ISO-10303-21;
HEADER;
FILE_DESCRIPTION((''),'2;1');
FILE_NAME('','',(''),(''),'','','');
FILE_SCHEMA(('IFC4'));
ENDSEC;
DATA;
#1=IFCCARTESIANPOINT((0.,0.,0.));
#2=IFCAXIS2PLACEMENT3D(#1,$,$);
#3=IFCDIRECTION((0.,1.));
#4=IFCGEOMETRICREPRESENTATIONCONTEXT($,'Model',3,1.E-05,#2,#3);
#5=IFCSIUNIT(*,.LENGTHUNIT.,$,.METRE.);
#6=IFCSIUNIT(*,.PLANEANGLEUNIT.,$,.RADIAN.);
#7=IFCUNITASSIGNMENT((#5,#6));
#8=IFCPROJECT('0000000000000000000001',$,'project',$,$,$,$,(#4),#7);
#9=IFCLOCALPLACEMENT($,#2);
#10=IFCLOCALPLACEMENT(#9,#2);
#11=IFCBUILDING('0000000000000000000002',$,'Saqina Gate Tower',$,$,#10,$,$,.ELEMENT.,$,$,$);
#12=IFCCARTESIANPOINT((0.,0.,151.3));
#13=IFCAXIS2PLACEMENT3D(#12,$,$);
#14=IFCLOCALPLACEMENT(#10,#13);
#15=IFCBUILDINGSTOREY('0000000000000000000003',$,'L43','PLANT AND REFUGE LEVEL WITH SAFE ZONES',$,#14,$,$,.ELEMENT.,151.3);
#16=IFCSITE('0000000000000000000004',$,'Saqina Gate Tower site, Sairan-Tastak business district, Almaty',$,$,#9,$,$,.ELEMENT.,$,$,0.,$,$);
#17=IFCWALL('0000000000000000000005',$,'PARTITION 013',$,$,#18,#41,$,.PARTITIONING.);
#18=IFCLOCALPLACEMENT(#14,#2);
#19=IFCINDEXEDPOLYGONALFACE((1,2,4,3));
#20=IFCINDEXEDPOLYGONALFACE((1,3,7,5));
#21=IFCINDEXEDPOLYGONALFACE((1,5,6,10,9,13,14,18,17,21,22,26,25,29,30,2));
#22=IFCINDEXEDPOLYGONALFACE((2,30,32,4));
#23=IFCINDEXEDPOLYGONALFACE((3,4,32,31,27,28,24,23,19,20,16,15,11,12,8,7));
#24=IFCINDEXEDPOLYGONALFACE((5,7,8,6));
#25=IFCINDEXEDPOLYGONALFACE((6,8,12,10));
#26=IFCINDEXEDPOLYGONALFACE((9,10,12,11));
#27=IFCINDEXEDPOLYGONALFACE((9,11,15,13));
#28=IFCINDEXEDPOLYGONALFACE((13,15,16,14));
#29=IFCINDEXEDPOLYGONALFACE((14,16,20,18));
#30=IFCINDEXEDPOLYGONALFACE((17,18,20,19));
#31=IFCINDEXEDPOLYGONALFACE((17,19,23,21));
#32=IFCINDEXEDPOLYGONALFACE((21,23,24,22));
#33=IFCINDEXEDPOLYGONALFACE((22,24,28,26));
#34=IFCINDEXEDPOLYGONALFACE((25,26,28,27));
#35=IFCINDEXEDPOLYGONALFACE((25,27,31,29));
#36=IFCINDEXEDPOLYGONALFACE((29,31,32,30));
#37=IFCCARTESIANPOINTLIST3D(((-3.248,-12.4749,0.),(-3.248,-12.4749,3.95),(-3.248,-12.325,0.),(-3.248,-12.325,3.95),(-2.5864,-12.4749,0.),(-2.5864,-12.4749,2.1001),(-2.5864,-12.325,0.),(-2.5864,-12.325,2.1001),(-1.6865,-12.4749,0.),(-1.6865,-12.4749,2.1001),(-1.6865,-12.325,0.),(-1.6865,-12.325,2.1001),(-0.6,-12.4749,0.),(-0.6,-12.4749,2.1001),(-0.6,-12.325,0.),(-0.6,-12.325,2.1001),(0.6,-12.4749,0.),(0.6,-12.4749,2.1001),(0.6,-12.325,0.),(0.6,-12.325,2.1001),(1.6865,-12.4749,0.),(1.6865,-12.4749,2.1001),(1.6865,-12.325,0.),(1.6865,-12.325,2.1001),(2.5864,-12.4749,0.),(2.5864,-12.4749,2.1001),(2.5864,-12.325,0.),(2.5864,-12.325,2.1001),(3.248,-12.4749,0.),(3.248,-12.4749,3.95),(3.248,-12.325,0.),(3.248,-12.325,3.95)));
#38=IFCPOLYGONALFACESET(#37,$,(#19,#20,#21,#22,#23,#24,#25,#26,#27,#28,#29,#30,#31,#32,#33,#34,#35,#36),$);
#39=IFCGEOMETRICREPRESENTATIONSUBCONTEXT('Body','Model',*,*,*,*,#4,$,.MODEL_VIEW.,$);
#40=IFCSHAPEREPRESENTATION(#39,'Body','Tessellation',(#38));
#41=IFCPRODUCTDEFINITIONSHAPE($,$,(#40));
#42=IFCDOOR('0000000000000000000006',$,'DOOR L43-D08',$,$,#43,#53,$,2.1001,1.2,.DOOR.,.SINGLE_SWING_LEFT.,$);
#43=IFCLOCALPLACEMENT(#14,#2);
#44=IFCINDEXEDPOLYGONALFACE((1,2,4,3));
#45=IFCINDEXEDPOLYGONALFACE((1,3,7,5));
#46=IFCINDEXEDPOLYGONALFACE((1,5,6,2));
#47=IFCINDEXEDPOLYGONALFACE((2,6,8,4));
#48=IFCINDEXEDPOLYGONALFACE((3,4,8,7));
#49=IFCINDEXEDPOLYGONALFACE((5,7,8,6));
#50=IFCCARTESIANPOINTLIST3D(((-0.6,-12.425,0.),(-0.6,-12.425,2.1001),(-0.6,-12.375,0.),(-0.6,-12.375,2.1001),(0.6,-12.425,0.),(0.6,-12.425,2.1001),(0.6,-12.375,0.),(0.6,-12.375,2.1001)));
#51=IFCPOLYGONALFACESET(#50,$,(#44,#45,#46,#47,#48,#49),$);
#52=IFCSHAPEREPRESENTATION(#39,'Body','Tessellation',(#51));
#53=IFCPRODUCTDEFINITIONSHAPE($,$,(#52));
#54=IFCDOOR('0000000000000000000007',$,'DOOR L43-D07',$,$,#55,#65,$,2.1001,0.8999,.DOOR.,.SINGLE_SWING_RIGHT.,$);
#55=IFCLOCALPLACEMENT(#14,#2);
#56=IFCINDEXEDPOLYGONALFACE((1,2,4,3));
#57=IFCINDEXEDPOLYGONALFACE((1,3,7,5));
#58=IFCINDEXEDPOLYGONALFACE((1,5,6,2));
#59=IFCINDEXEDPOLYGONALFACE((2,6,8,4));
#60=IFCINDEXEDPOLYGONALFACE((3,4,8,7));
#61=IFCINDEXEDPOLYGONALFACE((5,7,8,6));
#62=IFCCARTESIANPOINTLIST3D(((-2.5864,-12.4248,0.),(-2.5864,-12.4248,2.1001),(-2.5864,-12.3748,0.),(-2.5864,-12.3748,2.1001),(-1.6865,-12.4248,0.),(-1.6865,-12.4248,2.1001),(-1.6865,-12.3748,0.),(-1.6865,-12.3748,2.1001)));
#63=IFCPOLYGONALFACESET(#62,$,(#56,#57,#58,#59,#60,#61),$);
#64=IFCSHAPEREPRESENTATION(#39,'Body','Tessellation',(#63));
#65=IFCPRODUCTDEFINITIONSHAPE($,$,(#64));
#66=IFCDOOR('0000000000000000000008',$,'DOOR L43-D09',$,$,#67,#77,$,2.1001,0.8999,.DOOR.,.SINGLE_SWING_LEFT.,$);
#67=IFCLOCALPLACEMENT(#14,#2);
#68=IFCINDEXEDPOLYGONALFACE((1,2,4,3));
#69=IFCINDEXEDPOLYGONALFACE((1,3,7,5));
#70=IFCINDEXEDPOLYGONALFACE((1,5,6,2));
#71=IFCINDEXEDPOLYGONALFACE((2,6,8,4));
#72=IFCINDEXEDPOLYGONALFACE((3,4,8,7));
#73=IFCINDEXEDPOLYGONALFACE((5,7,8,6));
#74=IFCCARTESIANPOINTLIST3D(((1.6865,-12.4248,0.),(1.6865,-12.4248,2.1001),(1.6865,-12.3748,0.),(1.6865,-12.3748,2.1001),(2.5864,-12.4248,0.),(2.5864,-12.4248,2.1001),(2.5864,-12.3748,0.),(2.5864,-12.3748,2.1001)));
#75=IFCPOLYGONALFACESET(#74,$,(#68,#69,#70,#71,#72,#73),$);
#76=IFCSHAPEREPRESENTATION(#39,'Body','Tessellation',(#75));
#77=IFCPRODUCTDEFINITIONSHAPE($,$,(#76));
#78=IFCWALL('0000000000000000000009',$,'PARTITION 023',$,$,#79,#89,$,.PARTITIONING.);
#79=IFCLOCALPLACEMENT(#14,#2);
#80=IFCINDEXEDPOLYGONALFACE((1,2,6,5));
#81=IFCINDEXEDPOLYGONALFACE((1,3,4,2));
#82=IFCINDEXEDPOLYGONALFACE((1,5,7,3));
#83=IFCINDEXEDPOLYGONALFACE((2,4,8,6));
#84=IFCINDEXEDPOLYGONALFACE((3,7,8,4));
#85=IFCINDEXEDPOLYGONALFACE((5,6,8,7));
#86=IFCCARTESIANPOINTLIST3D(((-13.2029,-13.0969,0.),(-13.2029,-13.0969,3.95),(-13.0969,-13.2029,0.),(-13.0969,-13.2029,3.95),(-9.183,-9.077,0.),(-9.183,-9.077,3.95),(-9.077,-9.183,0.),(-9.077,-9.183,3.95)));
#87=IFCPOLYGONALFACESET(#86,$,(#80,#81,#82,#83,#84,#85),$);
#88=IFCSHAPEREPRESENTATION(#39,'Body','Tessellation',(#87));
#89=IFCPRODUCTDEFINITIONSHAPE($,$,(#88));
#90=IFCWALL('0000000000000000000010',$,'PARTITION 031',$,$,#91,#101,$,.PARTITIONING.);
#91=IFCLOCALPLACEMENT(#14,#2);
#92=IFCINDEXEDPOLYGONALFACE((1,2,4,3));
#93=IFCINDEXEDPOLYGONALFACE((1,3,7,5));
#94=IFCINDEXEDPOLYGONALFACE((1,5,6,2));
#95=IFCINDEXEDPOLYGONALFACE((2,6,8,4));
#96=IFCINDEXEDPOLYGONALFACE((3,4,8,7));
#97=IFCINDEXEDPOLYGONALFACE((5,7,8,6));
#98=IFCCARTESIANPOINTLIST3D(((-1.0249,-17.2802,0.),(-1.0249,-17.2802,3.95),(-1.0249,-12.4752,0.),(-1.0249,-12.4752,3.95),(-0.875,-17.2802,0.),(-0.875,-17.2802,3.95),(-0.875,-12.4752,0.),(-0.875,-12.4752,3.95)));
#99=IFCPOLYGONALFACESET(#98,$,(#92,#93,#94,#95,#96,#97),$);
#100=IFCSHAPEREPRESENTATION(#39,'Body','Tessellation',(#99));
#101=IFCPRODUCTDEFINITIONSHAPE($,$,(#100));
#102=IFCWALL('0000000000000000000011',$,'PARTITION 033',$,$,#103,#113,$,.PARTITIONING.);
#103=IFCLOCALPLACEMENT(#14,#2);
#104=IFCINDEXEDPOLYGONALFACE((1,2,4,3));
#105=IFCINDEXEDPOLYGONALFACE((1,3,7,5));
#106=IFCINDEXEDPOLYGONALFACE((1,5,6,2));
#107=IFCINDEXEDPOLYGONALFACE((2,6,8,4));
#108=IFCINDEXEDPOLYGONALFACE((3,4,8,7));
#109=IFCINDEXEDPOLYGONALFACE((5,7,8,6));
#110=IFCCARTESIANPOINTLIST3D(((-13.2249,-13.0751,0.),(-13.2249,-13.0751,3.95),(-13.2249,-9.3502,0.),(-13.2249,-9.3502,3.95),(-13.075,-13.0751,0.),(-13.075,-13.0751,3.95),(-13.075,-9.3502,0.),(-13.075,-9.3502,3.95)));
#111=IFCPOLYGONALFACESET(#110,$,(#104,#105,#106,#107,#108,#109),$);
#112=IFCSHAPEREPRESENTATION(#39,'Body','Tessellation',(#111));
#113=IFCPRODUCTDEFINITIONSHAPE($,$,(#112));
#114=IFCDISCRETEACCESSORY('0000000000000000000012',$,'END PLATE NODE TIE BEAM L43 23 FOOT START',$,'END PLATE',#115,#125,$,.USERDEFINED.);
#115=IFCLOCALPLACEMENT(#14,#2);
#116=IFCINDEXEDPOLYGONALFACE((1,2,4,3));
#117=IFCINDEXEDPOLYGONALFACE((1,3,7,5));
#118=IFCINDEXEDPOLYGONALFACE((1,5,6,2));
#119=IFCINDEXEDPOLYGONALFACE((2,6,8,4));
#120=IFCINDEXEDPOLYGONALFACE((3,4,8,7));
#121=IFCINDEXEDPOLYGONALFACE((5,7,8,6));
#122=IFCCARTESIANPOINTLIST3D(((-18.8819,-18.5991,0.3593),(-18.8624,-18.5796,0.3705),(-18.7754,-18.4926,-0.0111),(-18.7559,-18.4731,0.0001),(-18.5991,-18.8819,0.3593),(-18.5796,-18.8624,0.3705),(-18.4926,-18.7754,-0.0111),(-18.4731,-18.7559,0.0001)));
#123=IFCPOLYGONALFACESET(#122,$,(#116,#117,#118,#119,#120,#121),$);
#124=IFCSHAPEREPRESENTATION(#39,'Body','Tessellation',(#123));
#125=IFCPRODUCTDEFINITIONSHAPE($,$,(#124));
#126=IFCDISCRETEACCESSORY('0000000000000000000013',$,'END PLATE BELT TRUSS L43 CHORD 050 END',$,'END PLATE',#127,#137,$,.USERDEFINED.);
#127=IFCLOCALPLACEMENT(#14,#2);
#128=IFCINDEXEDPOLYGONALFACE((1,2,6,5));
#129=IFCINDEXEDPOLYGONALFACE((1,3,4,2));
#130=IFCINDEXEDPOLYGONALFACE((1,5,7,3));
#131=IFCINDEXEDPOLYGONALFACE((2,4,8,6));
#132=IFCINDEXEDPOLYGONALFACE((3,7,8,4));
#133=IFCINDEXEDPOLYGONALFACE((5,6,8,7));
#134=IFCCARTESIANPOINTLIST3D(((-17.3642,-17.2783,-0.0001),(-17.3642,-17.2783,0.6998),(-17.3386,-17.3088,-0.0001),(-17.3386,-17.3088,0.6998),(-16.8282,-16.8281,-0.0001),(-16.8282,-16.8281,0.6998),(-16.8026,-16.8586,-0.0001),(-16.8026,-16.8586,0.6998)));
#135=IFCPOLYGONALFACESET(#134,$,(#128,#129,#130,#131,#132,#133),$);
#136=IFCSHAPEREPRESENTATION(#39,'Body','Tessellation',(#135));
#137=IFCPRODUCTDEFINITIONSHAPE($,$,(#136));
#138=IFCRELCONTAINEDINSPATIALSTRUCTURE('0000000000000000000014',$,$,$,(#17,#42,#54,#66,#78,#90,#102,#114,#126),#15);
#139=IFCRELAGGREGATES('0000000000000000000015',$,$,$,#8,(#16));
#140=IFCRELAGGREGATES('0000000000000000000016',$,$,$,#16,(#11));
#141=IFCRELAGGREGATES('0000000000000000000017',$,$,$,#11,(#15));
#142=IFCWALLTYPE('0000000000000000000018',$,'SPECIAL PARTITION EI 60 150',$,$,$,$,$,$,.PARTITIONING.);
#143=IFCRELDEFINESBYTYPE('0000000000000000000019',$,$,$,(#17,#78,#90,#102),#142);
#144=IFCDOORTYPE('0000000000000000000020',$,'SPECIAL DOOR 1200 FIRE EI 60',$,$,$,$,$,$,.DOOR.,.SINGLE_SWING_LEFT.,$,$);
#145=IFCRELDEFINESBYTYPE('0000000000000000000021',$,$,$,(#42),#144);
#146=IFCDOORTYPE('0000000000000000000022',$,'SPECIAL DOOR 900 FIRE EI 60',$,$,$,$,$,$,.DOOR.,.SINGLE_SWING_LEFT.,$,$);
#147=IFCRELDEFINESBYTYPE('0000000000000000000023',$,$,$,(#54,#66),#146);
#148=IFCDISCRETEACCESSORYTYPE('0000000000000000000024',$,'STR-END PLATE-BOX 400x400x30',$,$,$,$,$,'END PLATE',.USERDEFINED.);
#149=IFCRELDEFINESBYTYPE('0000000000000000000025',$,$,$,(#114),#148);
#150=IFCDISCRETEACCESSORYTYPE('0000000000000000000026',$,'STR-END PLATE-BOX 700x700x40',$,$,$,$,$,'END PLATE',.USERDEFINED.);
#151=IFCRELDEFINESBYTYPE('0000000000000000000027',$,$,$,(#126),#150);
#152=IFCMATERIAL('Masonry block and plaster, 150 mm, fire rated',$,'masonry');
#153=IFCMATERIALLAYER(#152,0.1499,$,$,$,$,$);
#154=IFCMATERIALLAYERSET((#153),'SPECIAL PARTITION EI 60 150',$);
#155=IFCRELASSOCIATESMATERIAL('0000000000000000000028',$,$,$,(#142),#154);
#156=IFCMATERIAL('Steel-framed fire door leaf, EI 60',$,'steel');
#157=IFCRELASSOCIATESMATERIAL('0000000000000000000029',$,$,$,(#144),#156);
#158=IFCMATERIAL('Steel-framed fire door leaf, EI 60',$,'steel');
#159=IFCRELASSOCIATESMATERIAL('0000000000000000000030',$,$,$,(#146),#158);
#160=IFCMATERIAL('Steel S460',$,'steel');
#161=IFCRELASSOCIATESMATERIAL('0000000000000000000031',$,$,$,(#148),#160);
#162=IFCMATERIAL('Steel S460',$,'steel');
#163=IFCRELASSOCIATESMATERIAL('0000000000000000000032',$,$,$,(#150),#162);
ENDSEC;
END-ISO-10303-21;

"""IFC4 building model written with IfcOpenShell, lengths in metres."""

from ifc_helpers import new_model, si_unit, direction, frame, frame_2d, origin, origin_2d, place, context, subcontext, project, spatial, rectangle, extrude, material, layer, layer_set, material_profile, profile_set, type_object, element, fill, save


model = new_model("IFC4")

# Units and contexts
model_context = context("Model", 3, precision=1e-05, world=origin(), true_north=direction((0.0, 1.0)))
body_context = subcontext(model_context, "Body", "Model", "MODEL_VIEW")
ifc_project = project(units=[si_unit("LENGTHUNIT", "METRE"), si_unit("PLANEANGLEUNIT", "RADIAN")], contexts=[model_context])

# Site, building, storey
site_placement = place(None, origin())
site = spatial("IfcSite", under=ifc_project, at=site_placement, Name="Saqina Gate Tower site, Sairan-Tastak business district, Almaty", CompositionType="ELEMENT", RefElevation=0.0)
building_placement = place(site_placement, origin())
building = spatial("IfcBuilding", under=site, at=building_placement, Name="Saqina Gate Tower", CompositionType="ELEMENT")
storey_placement = place(building_placement, frame((0.0, 0.0, 151.3)))
storey = spatial("IfcBuildingStorey", under=building, at=storey_placement, Name="L43", Description="PLANT AND REFUGE LEVEL WITH SAFE ZONES", CompositionType="ELEMENT", Elevation=151.3)

# Shared definitions
ifc_material_1 = material(Name="Masonry block and plaster, 150 mm, fire rated", Category="masonry")
ifc_layer_1 = layer(ifc_material_1, 0.1499)
ifc_layer_set_1 = layer_set([ifc_layer_1], Name="SPECIAL PARTITION EI 60 150")
wall_type_1 = type_object("IfcWallType", Name="SPECIAL PARTITION EI 60 150", PredefinedType="PARTITIONING", material=ifc_layer_set_1)

# Wall, openings, doors
wall_1_placement = place(storey_placement, frame((-3.248, -12.3999, 0.0), z_axis=(0.0, 0.0, 1.0), x_axis=(1.0, 0.0, 0.0)))
wall_1 = element("IfcWall", 1, at=wall_1_placement, inside=storey, type_object=wall_type_1, Name="PARTITION 013", PredefinedType="PARTITIONING", context=body_context, shape_type="SweptSolid", body=[
    extrude(rectangle(XDim=6.4961, YDim=0.1499, at=frame_2d((3.248, 0.0))), origin(), (0.0, 0.0, 1.0), 3.95),
])
opening_1_placement = place(wall_1_placement, frame((0.6616, 0.0, 0.0)))
opening_1 = element("IfcOpeningElement", 2, at=opening_1_placement, cuts=wall_1, PredefinedType="OPENING", context=body_context, shape_type="SweptSolid", body=[
    extrude(rectangle(XDim=0.8999, YDim=2.1001, at=frame_2d((0.45, 1.05))), frame((0.0, 0.0869, 0.0), z_axis=(0.0, -1.0, 0.0), x_axis=(1.0, 0.0, 0.0)), (0.0, 0.0, 1.0), 0.1738),
])
opening_2_placement = place(wall_1_placement, frame((2.6479, 0.0, 0.0)))
opening_2 = element("IfcOpeningElement", 3, at=opening_2_placement, cuts=wall_1, PredefinedType="OPENING", context=body_context, shape_type="SweptSolid", body=[
    extrude(rectangle(XDim=1.2, YDim=2.1001, at=frame_2d((0.6001, 1.05))), frame((0.0, 0.0869, 0.0), z_axis=(0.0, -1.0, 0.0), x_axis=(1.0, 0.0, 0.0)), (0.0, 0.0, 1.0), 0.1738),
])
opening_3_placement = place(wall_1_placement, frame((4.9346, 0.0, 0.0)))
opening_3 = element("IfcOpeningElement", 4, at=opening_3_placement, cuts=wall_1, PredefinedType="OPENING", context=body_context, shape_type="SweptSolid", body=[
    extrude(rectangle(XDim=0.8999, YDim=2.1001, at=frame_2d((0.45, 1.05))), frame((0.0, 0.0869, 0.0), z_axis=(0.0, -1.0, 0.0), x_axis=(1.0, 0.0, 0.0)), (0.0, 0.0, 1.0), 0.1738),
])
ifc_material_2 = material(Name="Steel-framed fire door leaf, EI 60", Category="steel")
door_type_1 = type_object("IfcDoorType", Name="SPECIAL DOOR 1200 FIRE EI 60", OperationType="SINGLE_SWING_LEFT", PredefinedType="DOOR", material=ifc_material_2)
door_1_placement = place(opening_2_placement, origin())
door_1 = element("IfcDoor", 5, at=door_1_placement, inside=storey, type_object=door_type_1, Name="DOOR L43-D08", OperationType="SINGLE_SWING_LEFT", OverallHeight=2.1001, OverallWidth=1.2, PredefinedType="DOOR", context=body_context, shape_type="SweptSolid", body=[
    extrude(rectangle(XDim=1.2, YDim=2.1001, at=frame_2d((0.6001, 1.05))), frame((0.0, 0.0249, 0.0), z_axis=(0.0, -1.0, 0.0), x_axis=(1.0, 0.0, 0.0)), (0.0, 0.0, 1.0), 0.05),
])
fill(opening_2, door_1)
ifc_material_3 = material(Name="Steel-framed fire door leaf, EI 60", Category="steel")
door_type_2 = type_object("IfcDoorType", Name="SPECIAL DOOR 900 FIRE EI 60", OperationType="SINGLE_SWING_LEFT", PredefinedType="DOOR", material=ifc_material_3)
door_2_placement = place(opening_1_placement, frame((0.8999, 0.0, 0.0), z_axis=(0.0, 0.0, 1.0), x_axis=(-1.0, 0.0, 0.0)))
door_2 = element("IfcDoor", 6, at=door_2_placement, inside=storey, type_object=door_type_2, Name="DOOR L43-D07", OperationType="SINGLE_SWING_RIGHT", OverallHeight=2.1001, OverallWidth=0.8999, PredefinedType="DOOR", context=body_context, shape_type="SweptSolid", body=[
    extrude(rectangle(XDim=0.8999, YDim=2.1001, at=frame_2d((0.45, 1.05))), frame((0.0, 0.0249, 0.0), z_axis=(0.0, -1.0, 0.0), x_axis=(1.0, 0.0, 0.0)), (0.0, 0.0, 1.0), 0.05),
])
fill(opening_1, door_2)
door_3_placement = place(opening_3_placement, frame((0.8999, 0.0, 0.0), z_axis=(0.0, 0.0, 1.0), x_axis=(-1.0, 0.0, 0.0)))
door_3 = element("IfcDoor", 7, at=door_3_placement, inside=storey, type_object=door_type_2, Name="DOOR L43-D09", OperationType="SINGLE_SWING_LEFT", OverallHeight=2.1001, OverallWidth=0.8999, PredefinedType="DOOR", context=body_context, shape_type="SweptSolid", body=[
    extrude(rectangle(XDim=0.8999, YDim=2.1001, at=frame_2d((0.45, 1.05))), frame((0.0, 0.0249, 0.0), z_axis=(0.0, -1.0, 0.0), x_axis=(1.0, 0.0, 0.0)), (0.0, 0.0, 1.0), 0.05),
])
fill(opening_3, door_3)

# Walls
wall_2_placement = place(storey_placement, frame((-13.1499, -13.1499, 0.0), z_axis=(0.0, 0.0, 1.0), x_axis=(0.707107, 0.707107, 0.0)))
element("IfcWall", 8, at=wall_2_placement, inside=storey, type_object=wall_type_1, Name="PARTITION 023", PredefinedType="PARTITIONING", context=body_context, shape_type="SweptSolid", body=[
    extrude(rectangle(XDim=5.6851, YDim=0.1499, at=frame_2d((2.8425, 0.0))), origin(), (0.0, 0.0, 1.0), 3.95),
])
wall_3_placement = place(storey_placement, frame((-0.95, -17.28, 0.0), z_axis=(0.0, 0.0, 1.0), x_axis=(0.0, 1.0, 0.0)))
element("IfcWall", 9, at=wall_3_placement, inside=storey, type_object=wall_type_1, Name="PARTITION 031", PredefinedType="PARTITIONING", context=body_context, shape_type="SweptSolid", body=[
    extrude(rectangle(XDim=4.8049, YDim=0.1499, at=frame_2d((2.4023, 0.0))), origin(), (0.0, 0.0, 1.0), 3.95),
])
wall_4_placement = place(storey_placement, frame((-13.1499, -13.075, 0.0), z_axis=(0.0, 0.0, 1.0), x_axis=(0.0, 1.0, 0.0)))
element("IfcWall", 10, at=wall_4_placement, inside=storey, type_object=wall_type_1, Name="PARTITION 033", PredefinedType="PARTITIONING", context=body_context, shape_type="SweptSolid", body=[
    extrude(rectangle(XDim=3.7249, YDim=0.1499, at=frame_2d((1.8623, 0.0))), origin(), (0.0, 0.0, 1.0), 3.95),
])

# Discrete accessories
ifc_material_4 = material(Name="Steel S460", Category="steel")
ifc_material_profile_1 = material_profile(ifc_material_4, rectangle(XDim=0.3999, YDim=0.3999, at=origin_2d()), Name="STR-END PLATE-BOX 400x400x30")
ifc_profile_set_1 = profile_set([ifc_material_profile_1], Name="Steel S460")
discrete_accessory_type_1 = type_object("IfcDiscreteAccessoryType", Name="STR-END PLATE-BOX 400x400x30", ElementType="END PLATE", PredefinedType="USERDEFINED", material=ifc_profile_set_1)
discrete_accessory_1_placement = place(storey_placement, frame((-18.6677, -18.6677, 0.1853), z_axis=(-0.655034, -0.655034, -0.376645), x_axis=(-0.707107, 0.707107, 0.0)))
element("IfcDiscreteAccessory", 11, at=discrete_accessory_1_placement, inside=storey, type_object=discrete_accessory_type_1, Name="END PLATE NODE TIE BEAM L43 23 FOOT START", ObjectType="END PLATE", PredefinedType="USERDEFINED", context=body_context, shape_type="SweptSolid", body=[
    extrude(rectangle(XDim=0.3999, YDim=0.3999, at=origin_2d()), origin(), (0.0, 0.0, 1.0), 0.0298),
])
ifc_material_5 = material(Name="Steel S460", Category="steel")
ifc_material_profile_2 = material_profile(ifc_material_5, rectangle(XDim=0.7, YDim=0.7, at=origin_2d()), Name="STR-END PLATE-BOX 700x700x40")
ifc_profile_set_2 = profile_set([ifc_material_profile_2], Name="Steel S460")
discrete_accessory_type_2 = type_object("IfcDiscreteAccessoryType", Name="STR-END PLATE-BOX 700x700x40", ElementType="END PLATE", PredefinedType="USERDEFINED", material=ifc_profile_set_2)
discrete_accessory_2_placement = place(storey_placement, frame((-17.0962, -17.0532, 0.3499), z_axis=(0.643192, -0.765705, 0.0), x_axis=(0.765705, 0.643192, 0.0)))
element("IfcDiscreteAccessory", 12, at=discrete_accessory_2_placement, inside=storey, type_object=discrete_accessory_type_2, Name="END PLATE BELT TRUSS L43 CHORD 050 END", ObjectType="END PLATE", PredefinedType="USERDEFINED", context=body_context, shape_type="SweptSolid", body=[
    extrude(rectangle(XDim=0.7, YDim=0.7, at=origin_2d()), origin(), (0.0, 0.0, 1.0), 0.0398),
])

save(model, "model.ifc")
